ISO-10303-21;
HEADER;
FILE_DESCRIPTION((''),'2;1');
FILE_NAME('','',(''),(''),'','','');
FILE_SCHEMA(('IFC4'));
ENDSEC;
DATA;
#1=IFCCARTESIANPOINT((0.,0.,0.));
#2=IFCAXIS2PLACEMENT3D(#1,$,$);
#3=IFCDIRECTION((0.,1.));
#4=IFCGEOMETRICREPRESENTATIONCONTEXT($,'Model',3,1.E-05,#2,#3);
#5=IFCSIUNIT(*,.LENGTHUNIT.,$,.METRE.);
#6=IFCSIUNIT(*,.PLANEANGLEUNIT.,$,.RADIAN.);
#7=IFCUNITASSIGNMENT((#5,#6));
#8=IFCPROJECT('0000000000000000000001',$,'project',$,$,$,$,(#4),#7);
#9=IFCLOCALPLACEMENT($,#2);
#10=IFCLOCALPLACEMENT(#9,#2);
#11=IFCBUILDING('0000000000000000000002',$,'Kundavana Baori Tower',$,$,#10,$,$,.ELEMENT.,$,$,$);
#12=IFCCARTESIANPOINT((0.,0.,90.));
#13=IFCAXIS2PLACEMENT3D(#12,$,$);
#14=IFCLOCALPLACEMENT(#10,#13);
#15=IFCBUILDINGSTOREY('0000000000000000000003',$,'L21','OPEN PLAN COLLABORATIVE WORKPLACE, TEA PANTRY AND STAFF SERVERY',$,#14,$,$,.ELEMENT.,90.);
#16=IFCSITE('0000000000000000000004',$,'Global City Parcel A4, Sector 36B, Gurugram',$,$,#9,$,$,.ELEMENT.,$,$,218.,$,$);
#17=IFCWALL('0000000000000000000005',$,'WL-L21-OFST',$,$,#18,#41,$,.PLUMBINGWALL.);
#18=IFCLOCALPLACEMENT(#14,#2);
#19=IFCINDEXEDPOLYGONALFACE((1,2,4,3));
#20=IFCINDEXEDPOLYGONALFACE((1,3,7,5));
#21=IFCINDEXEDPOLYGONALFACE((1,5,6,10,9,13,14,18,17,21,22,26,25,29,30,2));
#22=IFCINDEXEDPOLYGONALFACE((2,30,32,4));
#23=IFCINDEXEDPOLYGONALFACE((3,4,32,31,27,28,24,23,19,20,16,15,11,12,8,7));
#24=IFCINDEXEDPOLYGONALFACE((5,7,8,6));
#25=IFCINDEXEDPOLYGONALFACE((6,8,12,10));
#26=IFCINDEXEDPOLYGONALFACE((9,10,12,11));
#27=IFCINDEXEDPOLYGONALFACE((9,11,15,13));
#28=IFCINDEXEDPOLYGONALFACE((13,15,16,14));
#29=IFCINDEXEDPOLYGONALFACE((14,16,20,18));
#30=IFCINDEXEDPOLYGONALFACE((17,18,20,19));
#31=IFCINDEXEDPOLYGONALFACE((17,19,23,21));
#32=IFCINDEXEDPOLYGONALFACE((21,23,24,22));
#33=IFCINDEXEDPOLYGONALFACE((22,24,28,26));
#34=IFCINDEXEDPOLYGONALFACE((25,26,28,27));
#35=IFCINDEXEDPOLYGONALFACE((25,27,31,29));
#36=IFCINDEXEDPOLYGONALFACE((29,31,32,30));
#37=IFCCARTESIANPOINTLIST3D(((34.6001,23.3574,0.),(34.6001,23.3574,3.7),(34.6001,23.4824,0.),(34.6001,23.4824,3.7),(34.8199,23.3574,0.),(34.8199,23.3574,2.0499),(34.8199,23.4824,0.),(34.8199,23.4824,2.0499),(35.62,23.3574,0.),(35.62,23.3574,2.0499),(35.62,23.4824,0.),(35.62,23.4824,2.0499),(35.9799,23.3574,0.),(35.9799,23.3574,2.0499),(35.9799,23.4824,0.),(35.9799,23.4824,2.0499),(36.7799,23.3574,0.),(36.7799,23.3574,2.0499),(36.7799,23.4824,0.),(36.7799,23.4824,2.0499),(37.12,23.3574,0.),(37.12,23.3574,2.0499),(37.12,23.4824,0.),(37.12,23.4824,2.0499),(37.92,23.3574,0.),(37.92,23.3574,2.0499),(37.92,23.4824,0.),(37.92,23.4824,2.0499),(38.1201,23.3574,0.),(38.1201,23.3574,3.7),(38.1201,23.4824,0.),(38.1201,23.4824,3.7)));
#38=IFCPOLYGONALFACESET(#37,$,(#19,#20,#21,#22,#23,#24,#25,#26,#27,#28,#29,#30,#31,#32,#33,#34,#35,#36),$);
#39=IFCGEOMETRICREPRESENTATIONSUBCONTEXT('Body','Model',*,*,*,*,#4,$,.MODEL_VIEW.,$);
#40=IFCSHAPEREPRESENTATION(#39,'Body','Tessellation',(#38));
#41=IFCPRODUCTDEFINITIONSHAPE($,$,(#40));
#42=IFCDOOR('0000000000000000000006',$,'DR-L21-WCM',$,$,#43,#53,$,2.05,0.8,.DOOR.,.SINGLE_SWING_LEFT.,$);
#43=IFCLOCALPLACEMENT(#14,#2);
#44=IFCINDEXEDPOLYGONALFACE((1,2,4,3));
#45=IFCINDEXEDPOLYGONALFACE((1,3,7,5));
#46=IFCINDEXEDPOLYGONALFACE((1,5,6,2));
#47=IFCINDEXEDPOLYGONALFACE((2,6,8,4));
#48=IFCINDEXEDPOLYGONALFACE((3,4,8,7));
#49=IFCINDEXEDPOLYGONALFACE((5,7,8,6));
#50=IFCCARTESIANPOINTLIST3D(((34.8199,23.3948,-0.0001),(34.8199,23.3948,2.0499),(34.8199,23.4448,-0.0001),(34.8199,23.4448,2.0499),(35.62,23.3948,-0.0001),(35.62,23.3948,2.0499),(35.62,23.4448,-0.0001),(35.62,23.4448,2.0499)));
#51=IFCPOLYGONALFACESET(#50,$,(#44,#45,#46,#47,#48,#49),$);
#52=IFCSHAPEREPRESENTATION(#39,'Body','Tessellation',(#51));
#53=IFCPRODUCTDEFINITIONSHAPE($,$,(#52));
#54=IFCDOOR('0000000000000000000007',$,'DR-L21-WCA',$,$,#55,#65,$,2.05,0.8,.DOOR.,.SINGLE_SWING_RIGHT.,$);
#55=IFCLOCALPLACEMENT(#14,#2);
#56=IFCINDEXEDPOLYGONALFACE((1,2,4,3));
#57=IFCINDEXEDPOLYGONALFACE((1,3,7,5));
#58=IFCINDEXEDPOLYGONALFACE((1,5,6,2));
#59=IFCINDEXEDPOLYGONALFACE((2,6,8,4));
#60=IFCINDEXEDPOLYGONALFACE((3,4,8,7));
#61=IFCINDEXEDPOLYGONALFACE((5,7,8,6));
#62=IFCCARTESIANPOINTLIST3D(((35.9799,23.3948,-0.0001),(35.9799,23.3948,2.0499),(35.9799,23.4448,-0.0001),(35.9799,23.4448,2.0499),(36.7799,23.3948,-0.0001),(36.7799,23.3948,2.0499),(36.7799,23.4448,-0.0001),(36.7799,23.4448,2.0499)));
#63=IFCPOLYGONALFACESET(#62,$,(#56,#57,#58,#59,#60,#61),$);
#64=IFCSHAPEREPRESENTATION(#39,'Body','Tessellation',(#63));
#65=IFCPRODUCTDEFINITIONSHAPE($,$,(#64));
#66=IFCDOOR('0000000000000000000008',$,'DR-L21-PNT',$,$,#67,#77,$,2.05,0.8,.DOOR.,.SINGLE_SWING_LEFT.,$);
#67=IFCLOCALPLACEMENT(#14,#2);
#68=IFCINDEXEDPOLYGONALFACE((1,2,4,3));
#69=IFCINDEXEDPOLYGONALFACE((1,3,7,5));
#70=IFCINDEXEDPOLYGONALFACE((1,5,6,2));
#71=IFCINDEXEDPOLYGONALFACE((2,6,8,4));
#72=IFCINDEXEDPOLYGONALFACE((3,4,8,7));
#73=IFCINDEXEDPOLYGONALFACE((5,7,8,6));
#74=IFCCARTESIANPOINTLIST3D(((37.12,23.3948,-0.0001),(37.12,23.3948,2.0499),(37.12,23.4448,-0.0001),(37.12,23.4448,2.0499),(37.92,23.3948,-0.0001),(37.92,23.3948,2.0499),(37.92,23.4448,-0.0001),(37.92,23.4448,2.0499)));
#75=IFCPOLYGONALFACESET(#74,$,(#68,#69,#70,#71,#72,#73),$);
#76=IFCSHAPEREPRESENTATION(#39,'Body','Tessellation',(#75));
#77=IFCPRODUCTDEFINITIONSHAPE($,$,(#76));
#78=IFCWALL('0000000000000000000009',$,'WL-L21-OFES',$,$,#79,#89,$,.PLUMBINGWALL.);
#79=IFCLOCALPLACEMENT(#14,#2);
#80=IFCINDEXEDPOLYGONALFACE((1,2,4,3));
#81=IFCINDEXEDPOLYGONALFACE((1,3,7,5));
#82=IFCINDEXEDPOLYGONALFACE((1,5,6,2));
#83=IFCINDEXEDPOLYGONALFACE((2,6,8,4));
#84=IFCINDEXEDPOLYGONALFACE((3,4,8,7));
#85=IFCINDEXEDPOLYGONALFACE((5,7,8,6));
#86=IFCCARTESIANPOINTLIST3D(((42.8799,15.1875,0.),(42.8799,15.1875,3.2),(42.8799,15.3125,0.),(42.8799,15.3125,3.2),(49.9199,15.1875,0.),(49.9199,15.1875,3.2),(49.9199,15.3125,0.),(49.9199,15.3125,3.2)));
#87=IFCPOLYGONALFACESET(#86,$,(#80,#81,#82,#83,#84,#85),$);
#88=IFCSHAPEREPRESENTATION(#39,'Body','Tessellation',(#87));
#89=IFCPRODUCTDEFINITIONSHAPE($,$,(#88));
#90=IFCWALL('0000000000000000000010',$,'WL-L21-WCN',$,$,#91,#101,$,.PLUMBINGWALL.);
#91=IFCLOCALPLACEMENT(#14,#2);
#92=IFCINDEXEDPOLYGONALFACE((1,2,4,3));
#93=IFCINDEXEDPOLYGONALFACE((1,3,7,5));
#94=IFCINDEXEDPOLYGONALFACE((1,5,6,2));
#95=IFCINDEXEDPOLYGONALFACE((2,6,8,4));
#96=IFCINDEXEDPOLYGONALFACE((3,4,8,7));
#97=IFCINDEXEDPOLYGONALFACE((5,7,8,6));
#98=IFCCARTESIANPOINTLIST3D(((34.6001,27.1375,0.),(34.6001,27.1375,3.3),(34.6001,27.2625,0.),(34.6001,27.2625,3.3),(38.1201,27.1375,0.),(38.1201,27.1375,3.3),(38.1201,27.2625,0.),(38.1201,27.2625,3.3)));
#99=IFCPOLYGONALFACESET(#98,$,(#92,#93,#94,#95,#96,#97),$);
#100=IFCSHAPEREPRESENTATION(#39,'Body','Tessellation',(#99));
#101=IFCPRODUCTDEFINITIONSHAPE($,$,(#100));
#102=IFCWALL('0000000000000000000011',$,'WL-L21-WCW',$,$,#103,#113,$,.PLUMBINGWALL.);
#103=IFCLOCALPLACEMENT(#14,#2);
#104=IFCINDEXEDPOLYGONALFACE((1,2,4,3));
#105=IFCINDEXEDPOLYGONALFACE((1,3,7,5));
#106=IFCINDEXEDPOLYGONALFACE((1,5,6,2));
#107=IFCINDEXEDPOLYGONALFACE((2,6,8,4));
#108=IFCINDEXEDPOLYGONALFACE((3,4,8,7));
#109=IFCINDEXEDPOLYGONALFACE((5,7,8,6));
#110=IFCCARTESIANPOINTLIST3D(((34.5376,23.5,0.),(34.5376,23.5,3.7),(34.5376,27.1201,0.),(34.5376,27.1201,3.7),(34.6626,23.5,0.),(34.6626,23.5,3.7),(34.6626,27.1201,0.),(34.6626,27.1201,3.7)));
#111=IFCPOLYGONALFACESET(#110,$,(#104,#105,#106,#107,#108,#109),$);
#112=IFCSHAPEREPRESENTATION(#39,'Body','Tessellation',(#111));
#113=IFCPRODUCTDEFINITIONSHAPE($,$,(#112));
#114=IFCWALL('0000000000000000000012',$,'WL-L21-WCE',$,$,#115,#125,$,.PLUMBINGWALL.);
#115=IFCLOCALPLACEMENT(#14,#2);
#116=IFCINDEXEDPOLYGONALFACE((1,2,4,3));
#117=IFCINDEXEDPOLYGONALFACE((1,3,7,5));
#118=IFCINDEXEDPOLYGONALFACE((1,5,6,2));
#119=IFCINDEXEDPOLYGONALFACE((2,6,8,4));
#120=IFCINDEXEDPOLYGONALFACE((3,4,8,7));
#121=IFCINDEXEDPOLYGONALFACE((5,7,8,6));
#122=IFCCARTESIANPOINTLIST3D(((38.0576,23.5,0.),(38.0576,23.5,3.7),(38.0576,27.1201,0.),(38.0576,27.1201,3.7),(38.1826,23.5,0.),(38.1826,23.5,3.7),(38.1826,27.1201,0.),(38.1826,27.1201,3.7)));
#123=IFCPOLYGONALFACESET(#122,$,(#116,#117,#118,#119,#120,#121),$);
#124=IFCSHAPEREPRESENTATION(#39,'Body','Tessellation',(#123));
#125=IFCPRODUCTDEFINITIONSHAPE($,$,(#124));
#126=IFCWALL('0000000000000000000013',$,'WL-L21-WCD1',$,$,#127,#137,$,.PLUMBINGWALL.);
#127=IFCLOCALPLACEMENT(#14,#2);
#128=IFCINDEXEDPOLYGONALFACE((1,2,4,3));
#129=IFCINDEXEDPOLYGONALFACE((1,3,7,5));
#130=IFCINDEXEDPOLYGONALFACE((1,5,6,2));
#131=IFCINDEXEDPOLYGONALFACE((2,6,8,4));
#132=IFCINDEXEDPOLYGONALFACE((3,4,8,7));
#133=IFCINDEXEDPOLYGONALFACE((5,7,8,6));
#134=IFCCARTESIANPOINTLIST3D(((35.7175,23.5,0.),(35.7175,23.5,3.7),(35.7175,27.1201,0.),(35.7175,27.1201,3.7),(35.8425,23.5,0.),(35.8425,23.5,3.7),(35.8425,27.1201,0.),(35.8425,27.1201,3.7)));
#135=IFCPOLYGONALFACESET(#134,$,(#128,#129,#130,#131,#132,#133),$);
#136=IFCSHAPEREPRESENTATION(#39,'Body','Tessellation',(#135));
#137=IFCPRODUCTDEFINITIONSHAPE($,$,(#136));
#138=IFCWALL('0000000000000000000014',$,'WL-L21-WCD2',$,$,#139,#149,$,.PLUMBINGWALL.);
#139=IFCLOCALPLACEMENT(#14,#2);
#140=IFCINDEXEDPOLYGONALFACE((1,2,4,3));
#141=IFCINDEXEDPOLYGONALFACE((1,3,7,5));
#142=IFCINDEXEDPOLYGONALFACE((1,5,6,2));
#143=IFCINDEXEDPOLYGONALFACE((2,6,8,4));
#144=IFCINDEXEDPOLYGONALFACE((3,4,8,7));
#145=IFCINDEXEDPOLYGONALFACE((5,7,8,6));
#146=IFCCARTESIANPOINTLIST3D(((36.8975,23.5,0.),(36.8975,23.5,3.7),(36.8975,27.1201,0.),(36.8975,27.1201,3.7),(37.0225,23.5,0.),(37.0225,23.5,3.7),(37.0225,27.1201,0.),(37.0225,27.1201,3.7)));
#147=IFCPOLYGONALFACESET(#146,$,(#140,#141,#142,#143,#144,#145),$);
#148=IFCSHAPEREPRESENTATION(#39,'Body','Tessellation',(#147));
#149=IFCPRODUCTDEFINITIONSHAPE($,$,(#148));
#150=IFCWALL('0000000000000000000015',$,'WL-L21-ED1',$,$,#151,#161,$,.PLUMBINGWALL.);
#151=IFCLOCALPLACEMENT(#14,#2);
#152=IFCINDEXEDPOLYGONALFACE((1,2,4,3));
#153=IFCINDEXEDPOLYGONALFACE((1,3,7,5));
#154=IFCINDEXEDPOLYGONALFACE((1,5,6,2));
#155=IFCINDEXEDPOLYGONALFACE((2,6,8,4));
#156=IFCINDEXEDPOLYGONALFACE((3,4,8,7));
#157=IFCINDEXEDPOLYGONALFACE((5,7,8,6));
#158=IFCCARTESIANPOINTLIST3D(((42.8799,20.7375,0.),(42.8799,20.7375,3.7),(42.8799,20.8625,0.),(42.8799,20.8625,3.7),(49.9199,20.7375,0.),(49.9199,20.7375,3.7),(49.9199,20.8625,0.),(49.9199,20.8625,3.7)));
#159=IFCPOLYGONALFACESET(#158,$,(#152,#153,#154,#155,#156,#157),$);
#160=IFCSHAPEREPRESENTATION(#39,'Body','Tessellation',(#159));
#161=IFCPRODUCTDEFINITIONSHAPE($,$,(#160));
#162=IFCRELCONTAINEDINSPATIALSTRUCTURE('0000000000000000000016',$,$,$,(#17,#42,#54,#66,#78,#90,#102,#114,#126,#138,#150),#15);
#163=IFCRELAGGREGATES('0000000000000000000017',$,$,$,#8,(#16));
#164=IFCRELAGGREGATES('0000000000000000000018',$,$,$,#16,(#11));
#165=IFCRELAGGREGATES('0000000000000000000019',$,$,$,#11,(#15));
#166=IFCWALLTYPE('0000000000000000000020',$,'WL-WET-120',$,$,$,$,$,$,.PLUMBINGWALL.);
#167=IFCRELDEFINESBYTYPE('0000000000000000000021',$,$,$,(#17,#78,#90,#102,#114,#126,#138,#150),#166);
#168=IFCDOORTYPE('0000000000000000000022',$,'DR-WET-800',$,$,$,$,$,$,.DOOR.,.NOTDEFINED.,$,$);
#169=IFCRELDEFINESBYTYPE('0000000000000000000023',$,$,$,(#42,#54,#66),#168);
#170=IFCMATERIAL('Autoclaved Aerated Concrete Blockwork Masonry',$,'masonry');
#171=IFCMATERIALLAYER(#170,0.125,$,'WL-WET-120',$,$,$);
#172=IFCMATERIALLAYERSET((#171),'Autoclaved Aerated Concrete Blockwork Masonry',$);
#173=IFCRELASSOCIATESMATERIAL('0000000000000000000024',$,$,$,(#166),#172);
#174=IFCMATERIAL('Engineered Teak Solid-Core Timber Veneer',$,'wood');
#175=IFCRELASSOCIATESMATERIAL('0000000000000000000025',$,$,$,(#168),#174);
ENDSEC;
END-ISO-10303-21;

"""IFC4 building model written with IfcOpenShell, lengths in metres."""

from ifc_helpers import new_model, si_unit, direction, frame, frame_2d, origin, place, context, subcontext, project, spatial, rectangle, extrude, material, layer, layer_set, type_object, element, fill, save


model = new_model("IFC4")

# Units and contexts
model_context = context("Model", 3, precision=1e-05, world=origin(), true_north=direction((0.0, 1.0)))
body_context = subcontext(model_context, "Body", "Model", "MODEL_VIEW")
ifc_project = project(units=[si_unit("LENGTHUNIT", "METRE"), si_unit("PLANEANGLEUNIT", "RADIAN")], contexts=[model_context])

# Site, building, storey
site_placement = place(None, origin())
site = spatial("IfcSite", under=ifc_project, at=site_placement, Name="Global City Parcel A4, Sector 36B, Gurugram", CompositionType="ELEMENT", RefElevation=218.0)
building_placement = place(site_placement, origin())
building = spatial("IfcBuilding", under=site, at=building_placement, Name="Kundavana Baori Tower", CompositionType="ELEMENT")
storey_placement = place(building_placement, frame((0.0, 0.0, 90.0)))
storey = spatial("IfcBuildingStorey", under=building, at=storey_placement, Name="L21", Description="OPEN PLAN COLLABORATIVE WORKPLACE, TEA PANTRY AND STAFF SERVERY", CompositionType="ELEMENT", Elevation=90.0)

# Wall, openings, doors
ifc_material_1 = material(Name="Autoclaved Aerated Concrete Blockwork Masonry", Category="masonry")
ifc_layer = layer(ifc_material_1, 0.125, Name="WL-WET-120")
ifc_layer_set = layer_set([ifc_layer], Name="Autoclaved Aerated Concrete Blockwork Masonry")
wall_type = type_object("IfcWallType", Name="WL-WET-120", PredefinedType="PLUMBINGWALL", material=ifc_layer_set)
wall_1_placement = place(storey_placement, frame((34.6001, 23.4199, 0.0), z_axis=(0.0, 0.0, 1.0), x_axis=(1.0, 0.0, 0.0)))
wall_1 = element("IfcWall", 1, at=wall_1_placement, inside=storey, type_object=wall_type, Name="WL-L21-OFST", PredefinedType="PLUMBINGWALL", context=body_context, shape_type="SweptSolid", body=[
    extrude(rectangle(XDim=3.52, YDim=0.125, at=frame_2d((1.76, 0.0))), origin(), (0.0, 0.0, 1.0), 3.7),
])
opening_1_placement = place(wall_1_placement, frame((0.22, 0.0, 0.0)))
opening_1 = element("IfcOpeningElement", 2, at=opening_1_placement, cuts=wall_1, PredefinedType="OPENING", context=body_context, shape_type="SweptSolid", body=[
    extrude(rectangle(XDim=0.8, YDim=2.05, at=frame_2d((0.3999, 1.0249))), frame((0.0, 0.0725, 0.0), z_axis=(0.0, -1.0, 0.0), x_axis=(1.0, 0.0, 0.0)), (0.0, 0.0, 1.0), 0.145),
])
opening_2_placement = place(wall_1_placement, frame((1.3799, 0.0, 0.0)))
opening_2 = element("IfcOpeningElement", 3, at=opening_2_placement, cuts=wall_1, PredefinedType="OPENING", context=body_context, shape_type="SweptSolid", body=[
    extrude(rectangle(XDim=0.8, YDim=2.05, at=frame_2d((0.3999, 1.0249))), frame((0.0, 0.0725, 0.0), z_axis=(0.0, -1.0, 0.0), x_axis=(1.0, 0.0, 0.0)), (0.0, 0.0, 1.0), 0.145),
])
opening_3_placement = place(wall_1_placement, frame((2.52, 0.0, 0.0)))
opening_3 = element("IfcOpeningElement", 4, at=opening_3_placement, cuts=wall_1, PredefinedType="OPENING", context=body_context, shape_type="SweptSolid", body=[
    extrude(rectangle(XDim=0.8, YDim=2.05, at=frame_2d((0.3999, 1.0249))), frame((0.0, 0.0725, 0.0), z_axis=(0.0, -1.0, 0.0), x_axis=(1.0, 0.0, 0.0)), (0.0, 0.0, 1.0), 0.145),
])
ifc_material_2 = material(Name="Engineered Teak Solid-Core Timber Veneer", Category="wood")
door_type = type_object("IfcDoorType", Name="DR-WET-800", OperationType="NOTDEFINED", PredefinedType="DOOR", material=ifc_material_2)
door_1_placement = place(opening_1_placement, origin())
door_1 = element("IfcDoor", 5, at=door_1_placement, inside=storey, type_object=door_type, Name="DR-L21-WCM", OperationType="SINGLE_SWING_LEFT", OverallHeight=2.05, OverallWidth=0.8, PredefinedType="DOOR", context=body_context, shape_type="SweptSolid", body=[
    extrude(rectangle(XDim=0.8, YDim=2.05, at=frame_2d((0.3999, 1.0249))), frame((0.0, 0.0249, 0.0), z_axis=(0.0, -1.0, 0.0), x_axis=(1.0, 0.0, 0.0)), (0.0, 0.0, 1.0), 0.05),
])
fill(opening_1, door_1)
door_2_placement = place(opening_2_placement, origin())
door_2 = element("IfcDoor", 6, at=door_2_placement, inside=storey, type_object=door_type, Name="DR-L21-WCA", OperationType="SINGLE_SWING_RIGHT", OverallHeight=2.05, OverallWidth=0.8, PredefinedType="DOOR", context=body_context, shape_type="SweptSolid", body=[
    extrude(rectangle(XDim=0.8, YDim=2.05, at=frame_2d((0.3999, 1.0249))), frame((0.0, 0.0249, 0.0), z_axis=(0.0, -1.0, 0.0), x_axis=(1.0, 0.0, 0.0)), (0.0, 0.0, 1.0), 0.05),
])
fill(opening_2, door_2)
door_3_placement = place(opening_3_placement, origin())
door_3 = element("IfcDoor", 7, at=door_3_placement, inside=storey, type_object=door_type, Name="DR-L21-PNT", OperationType="SINGLE_SWING_LEFT", OverallHeight=2.05, OverallWidth=0.8, PredefinedType="DOOR", context=body_context, shape_type="SweptSolid", body=[
    extrude(rectangle(XDim=0.8, YDim=2.05, at=frame_2d((0.3999, 1.0249))), frame((0.0, 0.0249, 0.0), z_axis=(0.0, -1.0, 0.0), x_axis=(1.0, 0.0, 0.0)), (0.0, 0.0, 1.0), 0.05),
])
fill(opening_3, door_3)

# Walls
wall_2_placement = place(storey_placement, frame((42.8799, 15.25, 0.0), z_axis=(0.0, 0.0, 1.0), x_axis=(1.0, 0.0, 0.0)))
element("IfcWall", 8, at=wall_2_placement, inside=storey, type_object=wall_type, Name="WL-L21-OFES", PredefinedType="PLUMBINGWALL", context=body_context, shape_type="SweptSolid", body=[
    extrude(rectangle(XDim=7.04, YDim=0.125, at=frame_2d((3.52, 0.0))), origin(), (0.0, 0.0, 1.0), 3.2),
])
wall_3_placement = place(storey_placement, frame((34.6001, 27.2, 0.0), z_axis=(0.0, 0.0, 1.0), x_axis=(1.0, 0.0, 0.0)))
element("IfcWall", 9, at=wall_3_placement, inside=storey, type_object=wall_type, Name="WL-L21-WCN", PredefinedType="PLUMBINGWALL", context=body_context, shape_type="SweptSolid", body=[
    extrude(rectangle(XDim=3.52, YDim=0.125, at=frame_2d((1.76, 0.0))), origin(), (0.0, 0.0, 1.0), 3.3),
])
for number, where, z_axis, x_axis, name in (
    (10, (34.6001, 23.5, 0.0), (0.0, 0.0, 1.0), (0.0, 1.0, 0.0), "WL-L21-WCW"),
    (11, (38.1201, 23.5, 0.0), (0.0, 0.0, 1.0), (0.0, 1.0, 0.0), "WL-L21-WCE"),
    (12, (35.78, 23.5, 0.0), (0.0, 0.0, 1.0), (0.0, 1.0, 0.0), "WL-L21-WCD1"),
    (13, (36.96, 23.5, 0.0), (0.0, 0.0, 1.0), (0.0, 1.0, 0.0), "WL-L21-WCD2"),
):
    element("IfcWall", number, at=place(storey_placement, frame(where, z_axis=z_axis, x_axis=x_axis)), inside=storey, type_object=wall_type, Name=name, PredefinedType="PLUMBINGWALL", context=body_context, shape_type="SweptSolid", body=[
        extrude(rectangle(XDim=3.6201, YDim=0.125, at=frame_2d((1.8101, 0.0))), origin(), (0.0, 0.0, 1.0), 3.7),
    ])
wall_4_placement = place(storey_placement, frame((42.8799, 20.8, 0.0), z_axis=(0.0, 0.0, 1.0), x_axis=(1.0, 0.0, 0.0)))
element("IfcWall", 14, at=wall_4_placement, inside=storey, type_object=wall_type, Name="WL-L21-ED1", PredefinedType="PLUMBINGWALL", context=body_context, shape_type="SweptSolid", body=[
    extrude(rectangle(XDim=7.04, YDim=0.125, at=frame_2d((3.52, 0.0))), origin(), (0.0, 0.0, 1.0), 3.7),
])

save(model, "model.ifc")
